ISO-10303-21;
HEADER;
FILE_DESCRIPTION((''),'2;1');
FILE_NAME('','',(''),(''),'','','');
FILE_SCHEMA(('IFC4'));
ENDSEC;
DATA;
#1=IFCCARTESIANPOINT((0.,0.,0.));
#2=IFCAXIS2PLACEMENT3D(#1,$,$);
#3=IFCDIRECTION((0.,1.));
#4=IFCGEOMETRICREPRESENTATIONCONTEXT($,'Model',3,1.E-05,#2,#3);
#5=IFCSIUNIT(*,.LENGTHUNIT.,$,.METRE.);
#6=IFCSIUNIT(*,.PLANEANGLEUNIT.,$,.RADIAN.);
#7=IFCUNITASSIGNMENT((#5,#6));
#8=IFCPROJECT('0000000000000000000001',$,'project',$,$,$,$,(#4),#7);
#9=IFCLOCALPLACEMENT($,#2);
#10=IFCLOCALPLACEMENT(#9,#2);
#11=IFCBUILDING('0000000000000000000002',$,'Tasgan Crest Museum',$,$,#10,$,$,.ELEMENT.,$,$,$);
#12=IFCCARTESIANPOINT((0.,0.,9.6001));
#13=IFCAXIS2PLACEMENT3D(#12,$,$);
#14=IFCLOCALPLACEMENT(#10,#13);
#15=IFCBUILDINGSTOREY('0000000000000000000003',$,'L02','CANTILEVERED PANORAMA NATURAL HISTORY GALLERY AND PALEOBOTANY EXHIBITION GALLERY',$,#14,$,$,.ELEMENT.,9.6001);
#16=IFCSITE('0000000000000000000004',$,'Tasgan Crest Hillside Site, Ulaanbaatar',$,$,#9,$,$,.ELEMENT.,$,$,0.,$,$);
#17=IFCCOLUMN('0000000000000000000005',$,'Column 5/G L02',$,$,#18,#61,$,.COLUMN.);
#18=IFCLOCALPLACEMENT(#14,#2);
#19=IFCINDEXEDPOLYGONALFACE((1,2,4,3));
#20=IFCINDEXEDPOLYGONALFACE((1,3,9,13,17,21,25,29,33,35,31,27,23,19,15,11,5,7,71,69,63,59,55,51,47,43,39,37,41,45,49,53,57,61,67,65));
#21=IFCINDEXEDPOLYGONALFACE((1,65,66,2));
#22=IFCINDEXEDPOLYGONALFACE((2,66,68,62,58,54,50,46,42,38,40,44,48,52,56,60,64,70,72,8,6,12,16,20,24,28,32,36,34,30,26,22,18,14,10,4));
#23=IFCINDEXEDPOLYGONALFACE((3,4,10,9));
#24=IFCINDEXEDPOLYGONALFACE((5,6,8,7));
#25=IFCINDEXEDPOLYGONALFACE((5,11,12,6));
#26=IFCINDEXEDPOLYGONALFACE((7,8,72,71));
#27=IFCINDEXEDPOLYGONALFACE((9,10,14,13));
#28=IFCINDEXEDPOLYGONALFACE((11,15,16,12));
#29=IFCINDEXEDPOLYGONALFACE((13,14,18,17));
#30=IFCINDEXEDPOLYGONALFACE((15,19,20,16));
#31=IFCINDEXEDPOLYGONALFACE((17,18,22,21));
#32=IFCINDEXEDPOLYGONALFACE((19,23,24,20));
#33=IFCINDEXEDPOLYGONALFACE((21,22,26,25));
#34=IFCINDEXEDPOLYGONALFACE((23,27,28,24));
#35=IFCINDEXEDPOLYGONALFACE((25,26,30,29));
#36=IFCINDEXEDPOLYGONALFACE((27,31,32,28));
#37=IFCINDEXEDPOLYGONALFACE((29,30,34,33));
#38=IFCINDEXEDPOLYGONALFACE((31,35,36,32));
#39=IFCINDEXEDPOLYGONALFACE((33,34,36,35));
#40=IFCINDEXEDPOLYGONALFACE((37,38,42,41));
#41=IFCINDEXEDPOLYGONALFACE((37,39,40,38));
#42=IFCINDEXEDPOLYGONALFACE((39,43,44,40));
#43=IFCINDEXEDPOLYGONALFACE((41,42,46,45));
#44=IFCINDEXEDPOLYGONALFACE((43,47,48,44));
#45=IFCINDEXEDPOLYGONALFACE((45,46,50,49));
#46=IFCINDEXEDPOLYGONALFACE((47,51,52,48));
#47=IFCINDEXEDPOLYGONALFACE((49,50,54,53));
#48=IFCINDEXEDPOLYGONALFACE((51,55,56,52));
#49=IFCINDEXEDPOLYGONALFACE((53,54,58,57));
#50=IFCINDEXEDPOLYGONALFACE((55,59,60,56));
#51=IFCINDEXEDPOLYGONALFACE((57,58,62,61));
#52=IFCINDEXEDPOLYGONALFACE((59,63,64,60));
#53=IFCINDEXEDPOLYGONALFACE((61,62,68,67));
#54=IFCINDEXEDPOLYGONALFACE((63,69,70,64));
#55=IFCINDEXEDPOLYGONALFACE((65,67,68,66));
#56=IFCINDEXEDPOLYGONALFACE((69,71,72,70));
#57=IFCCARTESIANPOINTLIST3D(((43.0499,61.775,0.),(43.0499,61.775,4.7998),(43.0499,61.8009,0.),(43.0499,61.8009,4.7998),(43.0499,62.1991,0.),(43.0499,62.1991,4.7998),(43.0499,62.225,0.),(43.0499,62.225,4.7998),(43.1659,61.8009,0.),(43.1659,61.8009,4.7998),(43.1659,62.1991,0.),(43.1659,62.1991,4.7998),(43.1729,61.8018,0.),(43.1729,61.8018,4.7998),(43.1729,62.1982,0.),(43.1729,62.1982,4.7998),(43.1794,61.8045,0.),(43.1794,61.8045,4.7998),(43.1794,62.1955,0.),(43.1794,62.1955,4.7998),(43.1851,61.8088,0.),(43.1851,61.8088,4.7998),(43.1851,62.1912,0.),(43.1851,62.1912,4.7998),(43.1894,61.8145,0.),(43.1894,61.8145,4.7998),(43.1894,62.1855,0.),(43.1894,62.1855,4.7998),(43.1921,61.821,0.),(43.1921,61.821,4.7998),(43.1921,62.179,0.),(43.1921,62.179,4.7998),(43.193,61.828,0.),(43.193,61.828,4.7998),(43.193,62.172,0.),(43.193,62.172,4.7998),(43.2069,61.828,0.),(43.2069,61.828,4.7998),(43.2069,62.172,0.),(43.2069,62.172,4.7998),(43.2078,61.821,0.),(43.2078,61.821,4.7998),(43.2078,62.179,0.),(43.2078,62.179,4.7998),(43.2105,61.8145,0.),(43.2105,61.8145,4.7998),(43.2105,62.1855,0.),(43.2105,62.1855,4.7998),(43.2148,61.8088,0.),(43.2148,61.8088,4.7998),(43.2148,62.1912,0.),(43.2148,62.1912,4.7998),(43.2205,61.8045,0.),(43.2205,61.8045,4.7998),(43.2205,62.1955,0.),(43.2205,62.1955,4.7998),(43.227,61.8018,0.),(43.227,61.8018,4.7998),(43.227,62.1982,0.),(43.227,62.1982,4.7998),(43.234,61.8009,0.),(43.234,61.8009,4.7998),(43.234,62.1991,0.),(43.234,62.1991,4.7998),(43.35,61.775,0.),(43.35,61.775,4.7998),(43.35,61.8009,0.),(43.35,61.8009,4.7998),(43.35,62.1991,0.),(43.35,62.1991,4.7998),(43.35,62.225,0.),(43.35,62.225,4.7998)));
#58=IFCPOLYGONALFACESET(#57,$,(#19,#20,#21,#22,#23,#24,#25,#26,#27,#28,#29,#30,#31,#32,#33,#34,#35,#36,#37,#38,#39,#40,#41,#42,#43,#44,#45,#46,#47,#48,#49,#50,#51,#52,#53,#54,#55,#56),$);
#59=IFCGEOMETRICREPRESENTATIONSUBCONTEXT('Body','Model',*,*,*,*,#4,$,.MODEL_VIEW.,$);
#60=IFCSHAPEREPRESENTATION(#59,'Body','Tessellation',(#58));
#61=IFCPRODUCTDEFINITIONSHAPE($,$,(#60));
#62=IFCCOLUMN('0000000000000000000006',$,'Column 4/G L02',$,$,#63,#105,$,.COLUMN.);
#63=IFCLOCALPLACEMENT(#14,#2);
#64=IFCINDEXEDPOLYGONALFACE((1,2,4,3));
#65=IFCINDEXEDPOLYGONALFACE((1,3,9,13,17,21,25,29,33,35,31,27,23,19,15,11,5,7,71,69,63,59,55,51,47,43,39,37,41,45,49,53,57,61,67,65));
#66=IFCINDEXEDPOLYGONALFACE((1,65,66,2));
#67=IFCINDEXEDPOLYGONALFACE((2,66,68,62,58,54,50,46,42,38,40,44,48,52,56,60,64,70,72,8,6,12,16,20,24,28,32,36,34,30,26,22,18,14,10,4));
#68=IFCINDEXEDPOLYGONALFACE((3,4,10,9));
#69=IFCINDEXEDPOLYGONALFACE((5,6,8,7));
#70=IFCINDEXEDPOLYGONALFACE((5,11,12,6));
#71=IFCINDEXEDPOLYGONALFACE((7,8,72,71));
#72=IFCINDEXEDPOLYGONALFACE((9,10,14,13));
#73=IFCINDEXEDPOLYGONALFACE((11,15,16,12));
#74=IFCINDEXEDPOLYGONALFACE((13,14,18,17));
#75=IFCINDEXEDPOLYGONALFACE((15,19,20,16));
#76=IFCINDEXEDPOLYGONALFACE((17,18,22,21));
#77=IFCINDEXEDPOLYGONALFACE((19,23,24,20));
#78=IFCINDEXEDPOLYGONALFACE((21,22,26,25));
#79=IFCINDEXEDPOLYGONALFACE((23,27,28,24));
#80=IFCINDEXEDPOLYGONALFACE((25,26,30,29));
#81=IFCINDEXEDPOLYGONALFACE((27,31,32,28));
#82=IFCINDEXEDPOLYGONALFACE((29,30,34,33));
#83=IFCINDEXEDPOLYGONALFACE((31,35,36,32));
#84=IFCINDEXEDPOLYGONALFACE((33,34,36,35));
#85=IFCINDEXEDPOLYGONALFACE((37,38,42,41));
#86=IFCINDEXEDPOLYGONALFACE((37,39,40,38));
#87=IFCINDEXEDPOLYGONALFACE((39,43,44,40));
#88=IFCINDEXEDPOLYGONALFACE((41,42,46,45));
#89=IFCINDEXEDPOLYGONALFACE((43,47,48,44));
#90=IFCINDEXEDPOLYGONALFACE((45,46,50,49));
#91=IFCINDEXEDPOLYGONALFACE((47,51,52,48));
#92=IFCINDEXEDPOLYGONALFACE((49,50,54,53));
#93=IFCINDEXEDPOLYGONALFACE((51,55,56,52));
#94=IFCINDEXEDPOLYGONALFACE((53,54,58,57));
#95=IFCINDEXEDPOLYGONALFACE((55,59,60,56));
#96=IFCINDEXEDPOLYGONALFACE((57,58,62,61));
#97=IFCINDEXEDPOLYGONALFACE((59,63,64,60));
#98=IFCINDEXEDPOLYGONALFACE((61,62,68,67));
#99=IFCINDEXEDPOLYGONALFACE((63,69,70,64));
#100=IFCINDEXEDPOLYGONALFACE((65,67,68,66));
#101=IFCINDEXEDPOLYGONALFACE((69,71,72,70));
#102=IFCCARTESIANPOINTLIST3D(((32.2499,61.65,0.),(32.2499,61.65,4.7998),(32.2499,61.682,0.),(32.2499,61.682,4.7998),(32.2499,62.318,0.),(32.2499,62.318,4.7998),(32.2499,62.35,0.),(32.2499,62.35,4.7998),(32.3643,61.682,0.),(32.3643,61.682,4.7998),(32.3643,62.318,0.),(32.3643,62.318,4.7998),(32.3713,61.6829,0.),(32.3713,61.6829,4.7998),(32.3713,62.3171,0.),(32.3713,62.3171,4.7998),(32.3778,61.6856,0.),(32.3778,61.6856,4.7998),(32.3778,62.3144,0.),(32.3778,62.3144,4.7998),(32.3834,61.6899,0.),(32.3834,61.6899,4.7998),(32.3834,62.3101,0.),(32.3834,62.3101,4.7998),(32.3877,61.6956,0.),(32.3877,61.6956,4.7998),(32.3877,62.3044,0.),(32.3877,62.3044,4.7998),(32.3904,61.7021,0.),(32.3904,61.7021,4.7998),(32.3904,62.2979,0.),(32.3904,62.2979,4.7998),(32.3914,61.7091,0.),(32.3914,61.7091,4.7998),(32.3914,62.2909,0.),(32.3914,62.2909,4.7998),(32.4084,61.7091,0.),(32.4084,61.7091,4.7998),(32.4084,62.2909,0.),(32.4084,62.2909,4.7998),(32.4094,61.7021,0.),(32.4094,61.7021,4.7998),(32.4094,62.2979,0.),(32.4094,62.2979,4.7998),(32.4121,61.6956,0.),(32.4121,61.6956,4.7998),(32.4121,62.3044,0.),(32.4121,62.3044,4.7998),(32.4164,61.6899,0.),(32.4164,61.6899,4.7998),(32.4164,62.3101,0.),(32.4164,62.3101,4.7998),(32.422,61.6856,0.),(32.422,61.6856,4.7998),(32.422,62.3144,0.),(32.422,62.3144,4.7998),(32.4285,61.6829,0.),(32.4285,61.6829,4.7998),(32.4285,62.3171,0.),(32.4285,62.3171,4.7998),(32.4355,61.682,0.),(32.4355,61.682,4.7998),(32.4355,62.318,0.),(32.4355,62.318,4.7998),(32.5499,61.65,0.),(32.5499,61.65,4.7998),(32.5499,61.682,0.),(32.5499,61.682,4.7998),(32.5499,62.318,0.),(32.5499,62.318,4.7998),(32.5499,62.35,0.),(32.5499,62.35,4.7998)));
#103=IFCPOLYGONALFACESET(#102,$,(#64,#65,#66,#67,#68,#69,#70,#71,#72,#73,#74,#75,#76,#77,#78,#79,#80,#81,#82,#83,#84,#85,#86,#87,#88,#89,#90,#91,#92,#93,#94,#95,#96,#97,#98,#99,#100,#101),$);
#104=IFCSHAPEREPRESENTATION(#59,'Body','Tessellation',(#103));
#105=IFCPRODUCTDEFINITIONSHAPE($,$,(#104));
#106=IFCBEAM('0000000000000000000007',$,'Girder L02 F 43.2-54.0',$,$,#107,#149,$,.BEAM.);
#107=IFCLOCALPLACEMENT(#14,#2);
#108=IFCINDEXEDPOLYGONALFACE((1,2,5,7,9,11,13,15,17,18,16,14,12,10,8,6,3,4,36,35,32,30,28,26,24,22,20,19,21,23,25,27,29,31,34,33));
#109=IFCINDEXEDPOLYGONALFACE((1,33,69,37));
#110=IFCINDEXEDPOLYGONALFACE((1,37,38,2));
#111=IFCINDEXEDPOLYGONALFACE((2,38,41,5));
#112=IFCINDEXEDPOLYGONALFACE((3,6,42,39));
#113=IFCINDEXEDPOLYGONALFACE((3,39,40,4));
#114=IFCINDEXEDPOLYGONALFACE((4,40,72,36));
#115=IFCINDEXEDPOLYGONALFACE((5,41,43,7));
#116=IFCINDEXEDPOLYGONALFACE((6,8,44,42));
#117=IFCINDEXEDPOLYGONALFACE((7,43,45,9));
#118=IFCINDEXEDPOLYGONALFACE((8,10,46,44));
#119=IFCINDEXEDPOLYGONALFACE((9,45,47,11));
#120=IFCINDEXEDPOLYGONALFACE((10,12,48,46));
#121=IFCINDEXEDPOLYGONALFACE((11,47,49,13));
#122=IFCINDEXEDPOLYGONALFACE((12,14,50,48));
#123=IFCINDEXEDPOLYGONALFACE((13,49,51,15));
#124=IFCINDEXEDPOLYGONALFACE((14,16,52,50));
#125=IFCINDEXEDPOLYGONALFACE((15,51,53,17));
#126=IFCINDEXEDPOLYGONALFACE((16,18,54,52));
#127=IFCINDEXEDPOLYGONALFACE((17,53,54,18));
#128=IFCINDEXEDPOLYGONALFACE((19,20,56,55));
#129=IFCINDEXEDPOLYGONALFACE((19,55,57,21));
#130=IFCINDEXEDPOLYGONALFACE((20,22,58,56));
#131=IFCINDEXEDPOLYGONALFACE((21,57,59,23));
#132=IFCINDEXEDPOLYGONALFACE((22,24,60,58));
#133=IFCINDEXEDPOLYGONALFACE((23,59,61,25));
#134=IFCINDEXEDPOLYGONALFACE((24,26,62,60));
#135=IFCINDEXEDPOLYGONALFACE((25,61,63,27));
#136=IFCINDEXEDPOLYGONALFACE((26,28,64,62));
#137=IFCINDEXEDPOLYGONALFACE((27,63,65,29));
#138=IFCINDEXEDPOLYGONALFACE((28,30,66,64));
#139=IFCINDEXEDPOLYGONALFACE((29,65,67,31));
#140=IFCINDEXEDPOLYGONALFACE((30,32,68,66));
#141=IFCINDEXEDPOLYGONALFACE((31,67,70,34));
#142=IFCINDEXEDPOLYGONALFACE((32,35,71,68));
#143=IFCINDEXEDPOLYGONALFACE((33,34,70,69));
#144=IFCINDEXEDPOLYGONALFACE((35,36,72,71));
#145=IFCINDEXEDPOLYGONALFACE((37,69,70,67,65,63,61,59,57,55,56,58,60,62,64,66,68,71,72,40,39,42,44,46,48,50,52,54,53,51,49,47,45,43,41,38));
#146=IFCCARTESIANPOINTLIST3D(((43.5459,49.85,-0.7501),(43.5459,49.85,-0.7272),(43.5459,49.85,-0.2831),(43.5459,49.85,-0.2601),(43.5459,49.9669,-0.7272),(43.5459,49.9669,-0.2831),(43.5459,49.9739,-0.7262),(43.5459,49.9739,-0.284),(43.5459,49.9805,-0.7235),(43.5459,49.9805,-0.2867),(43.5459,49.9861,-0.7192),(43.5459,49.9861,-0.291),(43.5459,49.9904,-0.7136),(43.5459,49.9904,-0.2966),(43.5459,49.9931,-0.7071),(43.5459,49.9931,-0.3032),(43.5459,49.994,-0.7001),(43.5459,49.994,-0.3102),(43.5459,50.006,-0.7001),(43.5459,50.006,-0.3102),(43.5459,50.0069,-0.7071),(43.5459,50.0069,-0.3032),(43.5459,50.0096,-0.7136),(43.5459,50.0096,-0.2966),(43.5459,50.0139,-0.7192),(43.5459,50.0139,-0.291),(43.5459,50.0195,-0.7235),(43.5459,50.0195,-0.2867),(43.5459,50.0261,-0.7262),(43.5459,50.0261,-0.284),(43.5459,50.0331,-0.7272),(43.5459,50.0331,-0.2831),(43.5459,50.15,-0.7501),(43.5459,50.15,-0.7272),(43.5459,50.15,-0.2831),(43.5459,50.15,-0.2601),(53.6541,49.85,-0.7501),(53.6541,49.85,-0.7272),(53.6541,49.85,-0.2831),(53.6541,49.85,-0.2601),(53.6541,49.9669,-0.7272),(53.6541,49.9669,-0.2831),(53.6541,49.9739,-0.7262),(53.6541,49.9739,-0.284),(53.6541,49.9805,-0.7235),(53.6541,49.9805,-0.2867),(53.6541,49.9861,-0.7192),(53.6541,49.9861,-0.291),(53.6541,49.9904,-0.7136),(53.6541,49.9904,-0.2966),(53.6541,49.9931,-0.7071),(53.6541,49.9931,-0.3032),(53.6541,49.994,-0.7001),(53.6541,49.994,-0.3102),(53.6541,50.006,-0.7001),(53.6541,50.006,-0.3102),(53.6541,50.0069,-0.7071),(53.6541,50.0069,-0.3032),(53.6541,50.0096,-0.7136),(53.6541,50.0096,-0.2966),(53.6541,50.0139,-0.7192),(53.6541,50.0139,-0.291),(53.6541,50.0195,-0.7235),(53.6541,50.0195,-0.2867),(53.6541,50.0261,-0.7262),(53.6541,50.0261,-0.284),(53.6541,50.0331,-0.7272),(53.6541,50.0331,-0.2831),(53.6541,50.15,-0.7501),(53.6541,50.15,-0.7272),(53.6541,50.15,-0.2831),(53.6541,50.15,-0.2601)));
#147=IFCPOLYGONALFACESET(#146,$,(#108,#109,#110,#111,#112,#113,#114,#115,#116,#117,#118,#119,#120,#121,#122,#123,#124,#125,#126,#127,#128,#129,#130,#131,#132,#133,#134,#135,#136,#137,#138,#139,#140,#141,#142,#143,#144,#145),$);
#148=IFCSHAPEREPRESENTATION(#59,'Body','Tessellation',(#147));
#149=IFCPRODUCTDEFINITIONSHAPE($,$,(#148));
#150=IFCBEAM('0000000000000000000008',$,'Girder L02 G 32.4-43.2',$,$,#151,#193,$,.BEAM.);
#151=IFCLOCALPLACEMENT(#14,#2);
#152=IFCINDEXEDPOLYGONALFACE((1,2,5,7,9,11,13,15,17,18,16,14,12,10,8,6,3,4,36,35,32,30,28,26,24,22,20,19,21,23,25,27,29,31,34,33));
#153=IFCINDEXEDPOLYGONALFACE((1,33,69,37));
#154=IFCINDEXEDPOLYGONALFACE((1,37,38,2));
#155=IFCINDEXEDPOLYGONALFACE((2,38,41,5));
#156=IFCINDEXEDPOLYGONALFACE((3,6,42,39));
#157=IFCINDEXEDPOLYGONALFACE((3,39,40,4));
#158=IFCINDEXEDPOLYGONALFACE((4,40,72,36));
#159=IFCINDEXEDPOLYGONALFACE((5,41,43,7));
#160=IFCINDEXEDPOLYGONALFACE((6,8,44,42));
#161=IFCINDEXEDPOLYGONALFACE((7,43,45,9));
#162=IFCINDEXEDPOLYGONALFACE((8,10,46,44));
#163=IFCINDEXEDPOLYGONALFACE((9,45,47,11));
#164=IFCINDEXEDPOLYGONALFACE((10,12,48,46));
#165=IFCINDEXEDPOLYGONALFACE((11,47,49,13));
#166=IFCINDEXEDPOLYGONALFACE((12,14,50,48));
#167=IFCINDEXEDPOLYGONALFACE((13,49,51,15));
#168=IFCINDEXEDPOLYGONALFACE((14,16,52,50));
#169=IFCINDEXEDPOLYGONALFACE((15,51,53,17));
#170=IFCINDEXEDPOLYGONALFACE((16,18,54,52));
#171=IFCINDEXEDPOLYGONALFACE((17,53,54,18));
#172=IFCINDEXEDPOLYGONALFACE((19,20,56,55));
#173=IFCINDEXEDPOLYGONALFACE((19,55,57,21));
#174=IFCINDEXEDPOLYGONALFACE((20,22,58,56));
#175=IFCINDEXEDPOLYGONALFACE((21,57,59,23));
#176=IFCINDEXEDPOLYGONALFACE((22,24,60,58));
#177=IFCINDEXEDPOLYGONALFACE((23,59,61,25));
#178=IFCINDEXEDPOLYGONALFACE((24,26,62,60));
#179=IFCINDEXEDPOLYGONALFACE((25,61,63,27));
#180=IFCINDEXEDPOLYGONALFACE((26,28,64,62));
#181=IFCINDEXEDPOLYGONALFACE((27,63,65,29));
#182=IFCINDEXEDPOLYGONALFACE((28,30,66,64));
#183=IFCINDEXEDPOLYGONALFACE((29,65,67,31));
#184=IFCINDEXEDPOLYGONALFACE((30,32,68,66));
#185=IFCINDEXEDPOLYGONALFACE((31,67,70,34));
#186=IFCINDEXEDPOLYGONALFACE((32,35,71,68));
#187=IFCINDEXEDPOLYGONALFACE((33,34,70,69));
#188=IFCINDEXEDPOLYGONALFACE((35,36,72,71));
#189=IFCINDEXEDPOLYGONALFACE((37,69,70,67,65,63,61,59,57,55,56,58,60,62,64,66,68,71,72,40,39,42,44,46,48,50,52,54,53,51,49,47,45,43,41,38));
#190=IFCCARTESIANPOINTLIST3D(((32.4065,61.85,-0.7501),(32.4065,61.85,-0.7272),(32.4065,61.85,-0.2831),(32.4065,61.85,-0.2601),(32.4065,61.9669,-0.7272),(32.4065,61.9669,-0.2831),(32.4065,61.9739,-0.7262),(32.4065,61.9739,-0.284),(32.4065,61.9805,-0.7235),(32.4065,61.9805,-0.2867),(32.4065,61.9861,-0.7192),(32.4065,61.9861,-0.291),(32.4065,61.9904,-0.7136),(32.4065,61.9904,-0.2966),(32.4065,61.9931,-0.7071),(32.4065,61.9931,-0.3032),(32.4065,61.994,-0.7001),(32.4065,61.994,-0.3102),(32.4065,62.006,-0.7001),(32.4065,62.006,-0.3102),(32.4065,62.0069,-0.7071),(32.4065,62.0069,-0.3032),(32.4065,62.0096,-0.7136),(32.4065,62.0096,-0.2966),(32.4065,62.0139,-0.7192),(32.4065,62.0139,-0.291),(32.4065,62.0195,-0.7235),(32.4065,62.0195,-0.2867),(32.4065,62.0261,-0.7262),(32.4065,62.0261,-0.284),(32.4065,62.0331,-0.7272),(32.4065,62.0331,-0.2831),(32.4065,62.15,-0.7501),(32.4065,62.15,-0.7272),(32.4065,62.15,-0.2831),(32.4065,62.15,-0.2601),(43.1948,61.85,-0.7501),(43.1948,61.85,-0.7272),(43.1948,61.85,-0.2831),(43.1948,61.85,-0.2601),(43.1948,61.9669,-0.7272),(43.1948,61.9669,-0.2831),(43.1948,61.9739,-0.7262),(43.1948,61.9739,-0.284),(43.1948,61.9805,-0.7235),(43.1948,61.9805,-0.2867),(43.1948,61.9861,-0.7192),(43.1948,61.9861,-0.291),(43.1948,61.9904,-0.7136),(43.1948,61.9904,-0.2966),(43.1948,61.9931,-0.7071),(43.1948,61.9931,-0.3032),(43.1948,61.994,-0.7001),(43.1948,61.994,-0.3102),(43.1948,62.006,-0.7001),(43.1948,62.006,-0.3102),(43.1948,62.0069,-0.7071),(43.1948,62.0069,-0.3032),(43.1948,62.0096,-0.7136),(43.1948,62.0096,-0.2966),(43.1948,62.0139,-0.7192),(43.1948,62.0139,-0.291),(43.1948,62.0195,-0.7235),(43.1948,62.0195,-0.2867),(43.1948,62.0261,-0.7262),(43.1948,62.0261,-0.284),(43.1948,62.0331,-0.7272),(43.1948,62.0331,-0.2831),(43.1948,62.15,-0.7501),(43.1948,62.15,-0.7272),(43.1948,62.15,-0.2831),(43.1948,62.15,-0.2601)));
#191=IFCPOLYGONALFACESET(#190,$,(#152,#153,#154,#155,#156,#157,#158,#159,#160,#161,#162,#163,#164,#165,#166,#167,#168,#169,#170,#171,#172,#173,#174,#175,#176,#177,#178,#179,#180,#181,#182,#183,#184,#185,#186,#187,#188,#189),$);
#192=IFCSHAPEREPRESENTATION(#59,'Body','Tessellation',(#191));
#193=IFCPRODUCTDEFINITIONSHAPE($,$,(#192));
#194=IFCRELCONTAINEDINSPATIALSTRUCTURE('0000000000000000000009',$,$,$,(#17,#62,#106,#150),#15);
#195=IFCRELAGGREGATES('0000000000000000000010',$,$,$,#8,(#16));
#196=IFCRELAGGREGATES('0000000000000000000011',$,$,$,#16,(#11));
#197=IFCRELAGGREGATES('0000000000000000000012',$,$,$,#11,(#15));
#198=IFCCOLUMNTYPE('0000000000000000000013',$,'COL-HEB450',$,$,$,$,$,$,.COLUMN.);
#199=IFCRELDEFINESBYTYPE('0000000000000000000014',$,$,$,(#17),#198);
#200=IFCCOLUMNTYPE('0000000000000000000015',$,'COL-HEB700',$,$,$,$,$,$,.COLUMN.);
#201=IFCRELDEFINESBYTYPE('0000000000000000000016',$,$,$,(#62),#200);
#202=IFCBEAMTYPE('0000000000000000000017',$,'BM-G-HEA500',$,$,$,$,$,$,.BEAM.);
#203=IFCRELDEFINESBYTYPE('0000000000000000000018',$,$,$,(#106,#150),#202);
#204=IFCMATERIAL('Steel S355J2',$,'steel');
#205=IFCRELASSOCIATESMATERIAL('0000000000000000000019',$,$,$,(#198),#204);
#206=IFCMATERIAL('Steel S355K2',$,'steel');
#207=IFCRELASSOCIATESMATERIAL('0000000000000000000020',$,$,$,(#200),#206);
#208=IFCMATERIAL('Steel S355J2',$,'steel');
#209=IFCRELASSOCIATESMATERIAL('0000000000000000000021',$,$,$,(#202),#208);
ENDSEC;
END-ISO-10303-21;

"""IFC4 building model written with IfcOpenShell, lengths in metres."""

from ifc_helpers import new_model, si_unit, direction, frame, origin, origin_2d, place, context, subcontext, project, spatial, i_section, extrude, material, material_profile, profile_set, type_object, element, save


model = new_model("IFC4")

# Units and contexts
model_context = context("Model", 3, precision=1e-05, world=origin(), true_north=direction((0.0, 1.0)))
body_context = subcontext(model_context, "Body", "Model", "MODEL_VIEW")
ifc_project = project(units=[si_unit("LENGTHUNIT", "METRE"), si_unit("PLANEANGLEUNIT", "RADIAN")], contexts=[model_context])

# Site, building, storey
site_placement = place(None, origin())
site = spatial("IfcSite", under=ifc_project, at=site_placement, Name="Tasgan Crest Hillside Site, Ulaanbaatar", CompositionType="ELEMENT", RefElevation=0.0)
building_placement = place(site_placement, origin())
building = spatial("IfcBuilding", under=site, at=building_placement, Name="Tasgan Crest Museum", CompositionType="ELEMENT")
storey_placement = place(building_placement, frame((0.0, 0.0, 9.6001)))
storey = spatial("IfcBuildingStorey", under=building, at=storey_placement, Name="L02", Description="CANTILEVERED PANORAMA NATURAL HISTORY GALLERY AND PALEOBOTANY EXHIBITION GALLERY", CompositionType="ELEMENT", Elevation=9.6001)

# Columns
ifc_material_1 = material(Name="Steel S355J2", Category="steel")
ifc_material_profile_1 = material_profile(ifc_material_1, i_section(OverallWidth=0.3, OverallDepth=0.45, WebThickness=0.0139, FlangeThickness=0.0259, FilletRadius=0.0271, at=origin_2d()), Name="HEB 450")
ifc_profile_set_1 = profile_set([ifc_material_profile_1], Name="Steel S355J2")
column_type_1 = type_object("IfcColumnType", Name="COL-HEB450", PredefinedType="COLUMN", material=ifc_profile_set_1)
column_1_placement = place(storey_placement, frame((43.2, 62.0, 0.0), z_axis=(0.0, 0.0, 1.0), x_axis=(1.0, 0.0, 0.0)))
element("IfcColumn", 1, at=column_1_placement, inside=storey, type_object=column_type_1, Name="Column 5/G L02", PredefinedType="COLUMN", context=body_context, shape_type="SweptSolid", body=[
    extrude(i_section(OverallWidth=0.3, OverallDepth=0.45, WebThickness=0.0139, FlangeThickness=0.0259, FilletRadius=0.0271, at=origin_2d()), origin(), (0.0, 0.0, 1.0), 4.7998),
])
ifc_material_2 = material(Name="Steel S355K2", Category="steel")
ifc_material_profile_2 = material_profile(ifc_material_2, i_section(OverallWidth=0.3, OverallDepth=0.7, WebThickness=0.0171, FlangeThickness=0.032, FilletRadius=0.0271, at=origin_2d()), Name="HEB 700")
ifc_profile_set_2 = profile_set([ifc_material_profile_2], Name="Steel S355K2")
column_type_2 = type_object("IfcColumnType", Name="COL-HEB700", PredefinedType="COLUMN", material=ifc_profile_set_2)
column_2_placement = place(storey_placement, frame((32.3999, 62.0, 0.0), z_axis=(0.0, 0.0, 1.0), x_axis=(1.0, 0.0, 0.0)))
element("IfcColumn", 2, at=column_2_placement, inside=storey, type_object=column_type_2, Name="Column 4/G L02", PredefinedType="COLUMN", context=body_context, shape_type="SweptSolid", body=[
    extrude(i_section(OverallWidth=0.3, OverallDepth=0.7, WebThickness=0.0171, FlangeThickness=0.032, FilletRadius=0.0271, at=origin_2d()), origin(), (0.0, 0.0, 1.0), 4.7998),
])

# Beams
ifc_material_3 = material(Name="Steel S355J2", Category="steel")
ifc_material_profile_3 = material_profile(ifc_material_3, i_section(OverallWidth=0.3, OverallDepth=0.49, WebThickness=0.012, FlangeThickness=0.0229, FilletRadius=0.0271, at=origin_2d()), Name="HEA 500")
ifc_profile_set_3 = profile_set([ifc_material_profile_3], Name="Steel S355J2")
beam_type_1 = type_object("IfcBeamType", Name="BM-G-HEA500", PredefinedType="BEAM", material=ifc_profile_set_3)
beam_1_placement = place(storey_placement, frame((43.5459, 50.0, -0.5051), z_axis=(1.0, 0.0, 0.0), x_axis=(0.0, 1.0, 0.0)))
element("IfcBeam", 3, at=beam_1_placement, inside=storey, type_object=beam_type_1, Name="Girder L02 F 43.2-54.0", PredefinedType="BEAM", context=body_context, shape_type="SweptSolid", body=[
    extrude(i_section(OverallWidth=0.3, OverallDepth=0.49, WebThickness=0.012, FlangeThickness=0.0229, FilletRadius=0.0271, at=origin_2d()), origin(), (0.0, 0.0, 1.0), 10.1082),
])
beam_2_placement = place(storey_placement, frame((32.4065, 62.0, -0.5051), z_axis=(1.0, 0.0, 0.0), x_axis=(0.0, 1.0, 0.0)))
element("IfcBeam", 4, at=beam_2_placement, inside=storey, type_object=beam_type_1, Name="Girder L02 G 32.4-43.2", PredefinedType="BEAM", context=body_context, shape_type="SweptSolid", body=[
    extrude(i_section(OverallWidth=0.3, OverallDepth=0.49, WebThickness=0.012, FlangeThickness=0.0229, FilletRadius=0.0271, at=origin_2d()), origin(), (0.0, 0.0, 1.0), 10.7883),
])

save(model, "model.ifc")
